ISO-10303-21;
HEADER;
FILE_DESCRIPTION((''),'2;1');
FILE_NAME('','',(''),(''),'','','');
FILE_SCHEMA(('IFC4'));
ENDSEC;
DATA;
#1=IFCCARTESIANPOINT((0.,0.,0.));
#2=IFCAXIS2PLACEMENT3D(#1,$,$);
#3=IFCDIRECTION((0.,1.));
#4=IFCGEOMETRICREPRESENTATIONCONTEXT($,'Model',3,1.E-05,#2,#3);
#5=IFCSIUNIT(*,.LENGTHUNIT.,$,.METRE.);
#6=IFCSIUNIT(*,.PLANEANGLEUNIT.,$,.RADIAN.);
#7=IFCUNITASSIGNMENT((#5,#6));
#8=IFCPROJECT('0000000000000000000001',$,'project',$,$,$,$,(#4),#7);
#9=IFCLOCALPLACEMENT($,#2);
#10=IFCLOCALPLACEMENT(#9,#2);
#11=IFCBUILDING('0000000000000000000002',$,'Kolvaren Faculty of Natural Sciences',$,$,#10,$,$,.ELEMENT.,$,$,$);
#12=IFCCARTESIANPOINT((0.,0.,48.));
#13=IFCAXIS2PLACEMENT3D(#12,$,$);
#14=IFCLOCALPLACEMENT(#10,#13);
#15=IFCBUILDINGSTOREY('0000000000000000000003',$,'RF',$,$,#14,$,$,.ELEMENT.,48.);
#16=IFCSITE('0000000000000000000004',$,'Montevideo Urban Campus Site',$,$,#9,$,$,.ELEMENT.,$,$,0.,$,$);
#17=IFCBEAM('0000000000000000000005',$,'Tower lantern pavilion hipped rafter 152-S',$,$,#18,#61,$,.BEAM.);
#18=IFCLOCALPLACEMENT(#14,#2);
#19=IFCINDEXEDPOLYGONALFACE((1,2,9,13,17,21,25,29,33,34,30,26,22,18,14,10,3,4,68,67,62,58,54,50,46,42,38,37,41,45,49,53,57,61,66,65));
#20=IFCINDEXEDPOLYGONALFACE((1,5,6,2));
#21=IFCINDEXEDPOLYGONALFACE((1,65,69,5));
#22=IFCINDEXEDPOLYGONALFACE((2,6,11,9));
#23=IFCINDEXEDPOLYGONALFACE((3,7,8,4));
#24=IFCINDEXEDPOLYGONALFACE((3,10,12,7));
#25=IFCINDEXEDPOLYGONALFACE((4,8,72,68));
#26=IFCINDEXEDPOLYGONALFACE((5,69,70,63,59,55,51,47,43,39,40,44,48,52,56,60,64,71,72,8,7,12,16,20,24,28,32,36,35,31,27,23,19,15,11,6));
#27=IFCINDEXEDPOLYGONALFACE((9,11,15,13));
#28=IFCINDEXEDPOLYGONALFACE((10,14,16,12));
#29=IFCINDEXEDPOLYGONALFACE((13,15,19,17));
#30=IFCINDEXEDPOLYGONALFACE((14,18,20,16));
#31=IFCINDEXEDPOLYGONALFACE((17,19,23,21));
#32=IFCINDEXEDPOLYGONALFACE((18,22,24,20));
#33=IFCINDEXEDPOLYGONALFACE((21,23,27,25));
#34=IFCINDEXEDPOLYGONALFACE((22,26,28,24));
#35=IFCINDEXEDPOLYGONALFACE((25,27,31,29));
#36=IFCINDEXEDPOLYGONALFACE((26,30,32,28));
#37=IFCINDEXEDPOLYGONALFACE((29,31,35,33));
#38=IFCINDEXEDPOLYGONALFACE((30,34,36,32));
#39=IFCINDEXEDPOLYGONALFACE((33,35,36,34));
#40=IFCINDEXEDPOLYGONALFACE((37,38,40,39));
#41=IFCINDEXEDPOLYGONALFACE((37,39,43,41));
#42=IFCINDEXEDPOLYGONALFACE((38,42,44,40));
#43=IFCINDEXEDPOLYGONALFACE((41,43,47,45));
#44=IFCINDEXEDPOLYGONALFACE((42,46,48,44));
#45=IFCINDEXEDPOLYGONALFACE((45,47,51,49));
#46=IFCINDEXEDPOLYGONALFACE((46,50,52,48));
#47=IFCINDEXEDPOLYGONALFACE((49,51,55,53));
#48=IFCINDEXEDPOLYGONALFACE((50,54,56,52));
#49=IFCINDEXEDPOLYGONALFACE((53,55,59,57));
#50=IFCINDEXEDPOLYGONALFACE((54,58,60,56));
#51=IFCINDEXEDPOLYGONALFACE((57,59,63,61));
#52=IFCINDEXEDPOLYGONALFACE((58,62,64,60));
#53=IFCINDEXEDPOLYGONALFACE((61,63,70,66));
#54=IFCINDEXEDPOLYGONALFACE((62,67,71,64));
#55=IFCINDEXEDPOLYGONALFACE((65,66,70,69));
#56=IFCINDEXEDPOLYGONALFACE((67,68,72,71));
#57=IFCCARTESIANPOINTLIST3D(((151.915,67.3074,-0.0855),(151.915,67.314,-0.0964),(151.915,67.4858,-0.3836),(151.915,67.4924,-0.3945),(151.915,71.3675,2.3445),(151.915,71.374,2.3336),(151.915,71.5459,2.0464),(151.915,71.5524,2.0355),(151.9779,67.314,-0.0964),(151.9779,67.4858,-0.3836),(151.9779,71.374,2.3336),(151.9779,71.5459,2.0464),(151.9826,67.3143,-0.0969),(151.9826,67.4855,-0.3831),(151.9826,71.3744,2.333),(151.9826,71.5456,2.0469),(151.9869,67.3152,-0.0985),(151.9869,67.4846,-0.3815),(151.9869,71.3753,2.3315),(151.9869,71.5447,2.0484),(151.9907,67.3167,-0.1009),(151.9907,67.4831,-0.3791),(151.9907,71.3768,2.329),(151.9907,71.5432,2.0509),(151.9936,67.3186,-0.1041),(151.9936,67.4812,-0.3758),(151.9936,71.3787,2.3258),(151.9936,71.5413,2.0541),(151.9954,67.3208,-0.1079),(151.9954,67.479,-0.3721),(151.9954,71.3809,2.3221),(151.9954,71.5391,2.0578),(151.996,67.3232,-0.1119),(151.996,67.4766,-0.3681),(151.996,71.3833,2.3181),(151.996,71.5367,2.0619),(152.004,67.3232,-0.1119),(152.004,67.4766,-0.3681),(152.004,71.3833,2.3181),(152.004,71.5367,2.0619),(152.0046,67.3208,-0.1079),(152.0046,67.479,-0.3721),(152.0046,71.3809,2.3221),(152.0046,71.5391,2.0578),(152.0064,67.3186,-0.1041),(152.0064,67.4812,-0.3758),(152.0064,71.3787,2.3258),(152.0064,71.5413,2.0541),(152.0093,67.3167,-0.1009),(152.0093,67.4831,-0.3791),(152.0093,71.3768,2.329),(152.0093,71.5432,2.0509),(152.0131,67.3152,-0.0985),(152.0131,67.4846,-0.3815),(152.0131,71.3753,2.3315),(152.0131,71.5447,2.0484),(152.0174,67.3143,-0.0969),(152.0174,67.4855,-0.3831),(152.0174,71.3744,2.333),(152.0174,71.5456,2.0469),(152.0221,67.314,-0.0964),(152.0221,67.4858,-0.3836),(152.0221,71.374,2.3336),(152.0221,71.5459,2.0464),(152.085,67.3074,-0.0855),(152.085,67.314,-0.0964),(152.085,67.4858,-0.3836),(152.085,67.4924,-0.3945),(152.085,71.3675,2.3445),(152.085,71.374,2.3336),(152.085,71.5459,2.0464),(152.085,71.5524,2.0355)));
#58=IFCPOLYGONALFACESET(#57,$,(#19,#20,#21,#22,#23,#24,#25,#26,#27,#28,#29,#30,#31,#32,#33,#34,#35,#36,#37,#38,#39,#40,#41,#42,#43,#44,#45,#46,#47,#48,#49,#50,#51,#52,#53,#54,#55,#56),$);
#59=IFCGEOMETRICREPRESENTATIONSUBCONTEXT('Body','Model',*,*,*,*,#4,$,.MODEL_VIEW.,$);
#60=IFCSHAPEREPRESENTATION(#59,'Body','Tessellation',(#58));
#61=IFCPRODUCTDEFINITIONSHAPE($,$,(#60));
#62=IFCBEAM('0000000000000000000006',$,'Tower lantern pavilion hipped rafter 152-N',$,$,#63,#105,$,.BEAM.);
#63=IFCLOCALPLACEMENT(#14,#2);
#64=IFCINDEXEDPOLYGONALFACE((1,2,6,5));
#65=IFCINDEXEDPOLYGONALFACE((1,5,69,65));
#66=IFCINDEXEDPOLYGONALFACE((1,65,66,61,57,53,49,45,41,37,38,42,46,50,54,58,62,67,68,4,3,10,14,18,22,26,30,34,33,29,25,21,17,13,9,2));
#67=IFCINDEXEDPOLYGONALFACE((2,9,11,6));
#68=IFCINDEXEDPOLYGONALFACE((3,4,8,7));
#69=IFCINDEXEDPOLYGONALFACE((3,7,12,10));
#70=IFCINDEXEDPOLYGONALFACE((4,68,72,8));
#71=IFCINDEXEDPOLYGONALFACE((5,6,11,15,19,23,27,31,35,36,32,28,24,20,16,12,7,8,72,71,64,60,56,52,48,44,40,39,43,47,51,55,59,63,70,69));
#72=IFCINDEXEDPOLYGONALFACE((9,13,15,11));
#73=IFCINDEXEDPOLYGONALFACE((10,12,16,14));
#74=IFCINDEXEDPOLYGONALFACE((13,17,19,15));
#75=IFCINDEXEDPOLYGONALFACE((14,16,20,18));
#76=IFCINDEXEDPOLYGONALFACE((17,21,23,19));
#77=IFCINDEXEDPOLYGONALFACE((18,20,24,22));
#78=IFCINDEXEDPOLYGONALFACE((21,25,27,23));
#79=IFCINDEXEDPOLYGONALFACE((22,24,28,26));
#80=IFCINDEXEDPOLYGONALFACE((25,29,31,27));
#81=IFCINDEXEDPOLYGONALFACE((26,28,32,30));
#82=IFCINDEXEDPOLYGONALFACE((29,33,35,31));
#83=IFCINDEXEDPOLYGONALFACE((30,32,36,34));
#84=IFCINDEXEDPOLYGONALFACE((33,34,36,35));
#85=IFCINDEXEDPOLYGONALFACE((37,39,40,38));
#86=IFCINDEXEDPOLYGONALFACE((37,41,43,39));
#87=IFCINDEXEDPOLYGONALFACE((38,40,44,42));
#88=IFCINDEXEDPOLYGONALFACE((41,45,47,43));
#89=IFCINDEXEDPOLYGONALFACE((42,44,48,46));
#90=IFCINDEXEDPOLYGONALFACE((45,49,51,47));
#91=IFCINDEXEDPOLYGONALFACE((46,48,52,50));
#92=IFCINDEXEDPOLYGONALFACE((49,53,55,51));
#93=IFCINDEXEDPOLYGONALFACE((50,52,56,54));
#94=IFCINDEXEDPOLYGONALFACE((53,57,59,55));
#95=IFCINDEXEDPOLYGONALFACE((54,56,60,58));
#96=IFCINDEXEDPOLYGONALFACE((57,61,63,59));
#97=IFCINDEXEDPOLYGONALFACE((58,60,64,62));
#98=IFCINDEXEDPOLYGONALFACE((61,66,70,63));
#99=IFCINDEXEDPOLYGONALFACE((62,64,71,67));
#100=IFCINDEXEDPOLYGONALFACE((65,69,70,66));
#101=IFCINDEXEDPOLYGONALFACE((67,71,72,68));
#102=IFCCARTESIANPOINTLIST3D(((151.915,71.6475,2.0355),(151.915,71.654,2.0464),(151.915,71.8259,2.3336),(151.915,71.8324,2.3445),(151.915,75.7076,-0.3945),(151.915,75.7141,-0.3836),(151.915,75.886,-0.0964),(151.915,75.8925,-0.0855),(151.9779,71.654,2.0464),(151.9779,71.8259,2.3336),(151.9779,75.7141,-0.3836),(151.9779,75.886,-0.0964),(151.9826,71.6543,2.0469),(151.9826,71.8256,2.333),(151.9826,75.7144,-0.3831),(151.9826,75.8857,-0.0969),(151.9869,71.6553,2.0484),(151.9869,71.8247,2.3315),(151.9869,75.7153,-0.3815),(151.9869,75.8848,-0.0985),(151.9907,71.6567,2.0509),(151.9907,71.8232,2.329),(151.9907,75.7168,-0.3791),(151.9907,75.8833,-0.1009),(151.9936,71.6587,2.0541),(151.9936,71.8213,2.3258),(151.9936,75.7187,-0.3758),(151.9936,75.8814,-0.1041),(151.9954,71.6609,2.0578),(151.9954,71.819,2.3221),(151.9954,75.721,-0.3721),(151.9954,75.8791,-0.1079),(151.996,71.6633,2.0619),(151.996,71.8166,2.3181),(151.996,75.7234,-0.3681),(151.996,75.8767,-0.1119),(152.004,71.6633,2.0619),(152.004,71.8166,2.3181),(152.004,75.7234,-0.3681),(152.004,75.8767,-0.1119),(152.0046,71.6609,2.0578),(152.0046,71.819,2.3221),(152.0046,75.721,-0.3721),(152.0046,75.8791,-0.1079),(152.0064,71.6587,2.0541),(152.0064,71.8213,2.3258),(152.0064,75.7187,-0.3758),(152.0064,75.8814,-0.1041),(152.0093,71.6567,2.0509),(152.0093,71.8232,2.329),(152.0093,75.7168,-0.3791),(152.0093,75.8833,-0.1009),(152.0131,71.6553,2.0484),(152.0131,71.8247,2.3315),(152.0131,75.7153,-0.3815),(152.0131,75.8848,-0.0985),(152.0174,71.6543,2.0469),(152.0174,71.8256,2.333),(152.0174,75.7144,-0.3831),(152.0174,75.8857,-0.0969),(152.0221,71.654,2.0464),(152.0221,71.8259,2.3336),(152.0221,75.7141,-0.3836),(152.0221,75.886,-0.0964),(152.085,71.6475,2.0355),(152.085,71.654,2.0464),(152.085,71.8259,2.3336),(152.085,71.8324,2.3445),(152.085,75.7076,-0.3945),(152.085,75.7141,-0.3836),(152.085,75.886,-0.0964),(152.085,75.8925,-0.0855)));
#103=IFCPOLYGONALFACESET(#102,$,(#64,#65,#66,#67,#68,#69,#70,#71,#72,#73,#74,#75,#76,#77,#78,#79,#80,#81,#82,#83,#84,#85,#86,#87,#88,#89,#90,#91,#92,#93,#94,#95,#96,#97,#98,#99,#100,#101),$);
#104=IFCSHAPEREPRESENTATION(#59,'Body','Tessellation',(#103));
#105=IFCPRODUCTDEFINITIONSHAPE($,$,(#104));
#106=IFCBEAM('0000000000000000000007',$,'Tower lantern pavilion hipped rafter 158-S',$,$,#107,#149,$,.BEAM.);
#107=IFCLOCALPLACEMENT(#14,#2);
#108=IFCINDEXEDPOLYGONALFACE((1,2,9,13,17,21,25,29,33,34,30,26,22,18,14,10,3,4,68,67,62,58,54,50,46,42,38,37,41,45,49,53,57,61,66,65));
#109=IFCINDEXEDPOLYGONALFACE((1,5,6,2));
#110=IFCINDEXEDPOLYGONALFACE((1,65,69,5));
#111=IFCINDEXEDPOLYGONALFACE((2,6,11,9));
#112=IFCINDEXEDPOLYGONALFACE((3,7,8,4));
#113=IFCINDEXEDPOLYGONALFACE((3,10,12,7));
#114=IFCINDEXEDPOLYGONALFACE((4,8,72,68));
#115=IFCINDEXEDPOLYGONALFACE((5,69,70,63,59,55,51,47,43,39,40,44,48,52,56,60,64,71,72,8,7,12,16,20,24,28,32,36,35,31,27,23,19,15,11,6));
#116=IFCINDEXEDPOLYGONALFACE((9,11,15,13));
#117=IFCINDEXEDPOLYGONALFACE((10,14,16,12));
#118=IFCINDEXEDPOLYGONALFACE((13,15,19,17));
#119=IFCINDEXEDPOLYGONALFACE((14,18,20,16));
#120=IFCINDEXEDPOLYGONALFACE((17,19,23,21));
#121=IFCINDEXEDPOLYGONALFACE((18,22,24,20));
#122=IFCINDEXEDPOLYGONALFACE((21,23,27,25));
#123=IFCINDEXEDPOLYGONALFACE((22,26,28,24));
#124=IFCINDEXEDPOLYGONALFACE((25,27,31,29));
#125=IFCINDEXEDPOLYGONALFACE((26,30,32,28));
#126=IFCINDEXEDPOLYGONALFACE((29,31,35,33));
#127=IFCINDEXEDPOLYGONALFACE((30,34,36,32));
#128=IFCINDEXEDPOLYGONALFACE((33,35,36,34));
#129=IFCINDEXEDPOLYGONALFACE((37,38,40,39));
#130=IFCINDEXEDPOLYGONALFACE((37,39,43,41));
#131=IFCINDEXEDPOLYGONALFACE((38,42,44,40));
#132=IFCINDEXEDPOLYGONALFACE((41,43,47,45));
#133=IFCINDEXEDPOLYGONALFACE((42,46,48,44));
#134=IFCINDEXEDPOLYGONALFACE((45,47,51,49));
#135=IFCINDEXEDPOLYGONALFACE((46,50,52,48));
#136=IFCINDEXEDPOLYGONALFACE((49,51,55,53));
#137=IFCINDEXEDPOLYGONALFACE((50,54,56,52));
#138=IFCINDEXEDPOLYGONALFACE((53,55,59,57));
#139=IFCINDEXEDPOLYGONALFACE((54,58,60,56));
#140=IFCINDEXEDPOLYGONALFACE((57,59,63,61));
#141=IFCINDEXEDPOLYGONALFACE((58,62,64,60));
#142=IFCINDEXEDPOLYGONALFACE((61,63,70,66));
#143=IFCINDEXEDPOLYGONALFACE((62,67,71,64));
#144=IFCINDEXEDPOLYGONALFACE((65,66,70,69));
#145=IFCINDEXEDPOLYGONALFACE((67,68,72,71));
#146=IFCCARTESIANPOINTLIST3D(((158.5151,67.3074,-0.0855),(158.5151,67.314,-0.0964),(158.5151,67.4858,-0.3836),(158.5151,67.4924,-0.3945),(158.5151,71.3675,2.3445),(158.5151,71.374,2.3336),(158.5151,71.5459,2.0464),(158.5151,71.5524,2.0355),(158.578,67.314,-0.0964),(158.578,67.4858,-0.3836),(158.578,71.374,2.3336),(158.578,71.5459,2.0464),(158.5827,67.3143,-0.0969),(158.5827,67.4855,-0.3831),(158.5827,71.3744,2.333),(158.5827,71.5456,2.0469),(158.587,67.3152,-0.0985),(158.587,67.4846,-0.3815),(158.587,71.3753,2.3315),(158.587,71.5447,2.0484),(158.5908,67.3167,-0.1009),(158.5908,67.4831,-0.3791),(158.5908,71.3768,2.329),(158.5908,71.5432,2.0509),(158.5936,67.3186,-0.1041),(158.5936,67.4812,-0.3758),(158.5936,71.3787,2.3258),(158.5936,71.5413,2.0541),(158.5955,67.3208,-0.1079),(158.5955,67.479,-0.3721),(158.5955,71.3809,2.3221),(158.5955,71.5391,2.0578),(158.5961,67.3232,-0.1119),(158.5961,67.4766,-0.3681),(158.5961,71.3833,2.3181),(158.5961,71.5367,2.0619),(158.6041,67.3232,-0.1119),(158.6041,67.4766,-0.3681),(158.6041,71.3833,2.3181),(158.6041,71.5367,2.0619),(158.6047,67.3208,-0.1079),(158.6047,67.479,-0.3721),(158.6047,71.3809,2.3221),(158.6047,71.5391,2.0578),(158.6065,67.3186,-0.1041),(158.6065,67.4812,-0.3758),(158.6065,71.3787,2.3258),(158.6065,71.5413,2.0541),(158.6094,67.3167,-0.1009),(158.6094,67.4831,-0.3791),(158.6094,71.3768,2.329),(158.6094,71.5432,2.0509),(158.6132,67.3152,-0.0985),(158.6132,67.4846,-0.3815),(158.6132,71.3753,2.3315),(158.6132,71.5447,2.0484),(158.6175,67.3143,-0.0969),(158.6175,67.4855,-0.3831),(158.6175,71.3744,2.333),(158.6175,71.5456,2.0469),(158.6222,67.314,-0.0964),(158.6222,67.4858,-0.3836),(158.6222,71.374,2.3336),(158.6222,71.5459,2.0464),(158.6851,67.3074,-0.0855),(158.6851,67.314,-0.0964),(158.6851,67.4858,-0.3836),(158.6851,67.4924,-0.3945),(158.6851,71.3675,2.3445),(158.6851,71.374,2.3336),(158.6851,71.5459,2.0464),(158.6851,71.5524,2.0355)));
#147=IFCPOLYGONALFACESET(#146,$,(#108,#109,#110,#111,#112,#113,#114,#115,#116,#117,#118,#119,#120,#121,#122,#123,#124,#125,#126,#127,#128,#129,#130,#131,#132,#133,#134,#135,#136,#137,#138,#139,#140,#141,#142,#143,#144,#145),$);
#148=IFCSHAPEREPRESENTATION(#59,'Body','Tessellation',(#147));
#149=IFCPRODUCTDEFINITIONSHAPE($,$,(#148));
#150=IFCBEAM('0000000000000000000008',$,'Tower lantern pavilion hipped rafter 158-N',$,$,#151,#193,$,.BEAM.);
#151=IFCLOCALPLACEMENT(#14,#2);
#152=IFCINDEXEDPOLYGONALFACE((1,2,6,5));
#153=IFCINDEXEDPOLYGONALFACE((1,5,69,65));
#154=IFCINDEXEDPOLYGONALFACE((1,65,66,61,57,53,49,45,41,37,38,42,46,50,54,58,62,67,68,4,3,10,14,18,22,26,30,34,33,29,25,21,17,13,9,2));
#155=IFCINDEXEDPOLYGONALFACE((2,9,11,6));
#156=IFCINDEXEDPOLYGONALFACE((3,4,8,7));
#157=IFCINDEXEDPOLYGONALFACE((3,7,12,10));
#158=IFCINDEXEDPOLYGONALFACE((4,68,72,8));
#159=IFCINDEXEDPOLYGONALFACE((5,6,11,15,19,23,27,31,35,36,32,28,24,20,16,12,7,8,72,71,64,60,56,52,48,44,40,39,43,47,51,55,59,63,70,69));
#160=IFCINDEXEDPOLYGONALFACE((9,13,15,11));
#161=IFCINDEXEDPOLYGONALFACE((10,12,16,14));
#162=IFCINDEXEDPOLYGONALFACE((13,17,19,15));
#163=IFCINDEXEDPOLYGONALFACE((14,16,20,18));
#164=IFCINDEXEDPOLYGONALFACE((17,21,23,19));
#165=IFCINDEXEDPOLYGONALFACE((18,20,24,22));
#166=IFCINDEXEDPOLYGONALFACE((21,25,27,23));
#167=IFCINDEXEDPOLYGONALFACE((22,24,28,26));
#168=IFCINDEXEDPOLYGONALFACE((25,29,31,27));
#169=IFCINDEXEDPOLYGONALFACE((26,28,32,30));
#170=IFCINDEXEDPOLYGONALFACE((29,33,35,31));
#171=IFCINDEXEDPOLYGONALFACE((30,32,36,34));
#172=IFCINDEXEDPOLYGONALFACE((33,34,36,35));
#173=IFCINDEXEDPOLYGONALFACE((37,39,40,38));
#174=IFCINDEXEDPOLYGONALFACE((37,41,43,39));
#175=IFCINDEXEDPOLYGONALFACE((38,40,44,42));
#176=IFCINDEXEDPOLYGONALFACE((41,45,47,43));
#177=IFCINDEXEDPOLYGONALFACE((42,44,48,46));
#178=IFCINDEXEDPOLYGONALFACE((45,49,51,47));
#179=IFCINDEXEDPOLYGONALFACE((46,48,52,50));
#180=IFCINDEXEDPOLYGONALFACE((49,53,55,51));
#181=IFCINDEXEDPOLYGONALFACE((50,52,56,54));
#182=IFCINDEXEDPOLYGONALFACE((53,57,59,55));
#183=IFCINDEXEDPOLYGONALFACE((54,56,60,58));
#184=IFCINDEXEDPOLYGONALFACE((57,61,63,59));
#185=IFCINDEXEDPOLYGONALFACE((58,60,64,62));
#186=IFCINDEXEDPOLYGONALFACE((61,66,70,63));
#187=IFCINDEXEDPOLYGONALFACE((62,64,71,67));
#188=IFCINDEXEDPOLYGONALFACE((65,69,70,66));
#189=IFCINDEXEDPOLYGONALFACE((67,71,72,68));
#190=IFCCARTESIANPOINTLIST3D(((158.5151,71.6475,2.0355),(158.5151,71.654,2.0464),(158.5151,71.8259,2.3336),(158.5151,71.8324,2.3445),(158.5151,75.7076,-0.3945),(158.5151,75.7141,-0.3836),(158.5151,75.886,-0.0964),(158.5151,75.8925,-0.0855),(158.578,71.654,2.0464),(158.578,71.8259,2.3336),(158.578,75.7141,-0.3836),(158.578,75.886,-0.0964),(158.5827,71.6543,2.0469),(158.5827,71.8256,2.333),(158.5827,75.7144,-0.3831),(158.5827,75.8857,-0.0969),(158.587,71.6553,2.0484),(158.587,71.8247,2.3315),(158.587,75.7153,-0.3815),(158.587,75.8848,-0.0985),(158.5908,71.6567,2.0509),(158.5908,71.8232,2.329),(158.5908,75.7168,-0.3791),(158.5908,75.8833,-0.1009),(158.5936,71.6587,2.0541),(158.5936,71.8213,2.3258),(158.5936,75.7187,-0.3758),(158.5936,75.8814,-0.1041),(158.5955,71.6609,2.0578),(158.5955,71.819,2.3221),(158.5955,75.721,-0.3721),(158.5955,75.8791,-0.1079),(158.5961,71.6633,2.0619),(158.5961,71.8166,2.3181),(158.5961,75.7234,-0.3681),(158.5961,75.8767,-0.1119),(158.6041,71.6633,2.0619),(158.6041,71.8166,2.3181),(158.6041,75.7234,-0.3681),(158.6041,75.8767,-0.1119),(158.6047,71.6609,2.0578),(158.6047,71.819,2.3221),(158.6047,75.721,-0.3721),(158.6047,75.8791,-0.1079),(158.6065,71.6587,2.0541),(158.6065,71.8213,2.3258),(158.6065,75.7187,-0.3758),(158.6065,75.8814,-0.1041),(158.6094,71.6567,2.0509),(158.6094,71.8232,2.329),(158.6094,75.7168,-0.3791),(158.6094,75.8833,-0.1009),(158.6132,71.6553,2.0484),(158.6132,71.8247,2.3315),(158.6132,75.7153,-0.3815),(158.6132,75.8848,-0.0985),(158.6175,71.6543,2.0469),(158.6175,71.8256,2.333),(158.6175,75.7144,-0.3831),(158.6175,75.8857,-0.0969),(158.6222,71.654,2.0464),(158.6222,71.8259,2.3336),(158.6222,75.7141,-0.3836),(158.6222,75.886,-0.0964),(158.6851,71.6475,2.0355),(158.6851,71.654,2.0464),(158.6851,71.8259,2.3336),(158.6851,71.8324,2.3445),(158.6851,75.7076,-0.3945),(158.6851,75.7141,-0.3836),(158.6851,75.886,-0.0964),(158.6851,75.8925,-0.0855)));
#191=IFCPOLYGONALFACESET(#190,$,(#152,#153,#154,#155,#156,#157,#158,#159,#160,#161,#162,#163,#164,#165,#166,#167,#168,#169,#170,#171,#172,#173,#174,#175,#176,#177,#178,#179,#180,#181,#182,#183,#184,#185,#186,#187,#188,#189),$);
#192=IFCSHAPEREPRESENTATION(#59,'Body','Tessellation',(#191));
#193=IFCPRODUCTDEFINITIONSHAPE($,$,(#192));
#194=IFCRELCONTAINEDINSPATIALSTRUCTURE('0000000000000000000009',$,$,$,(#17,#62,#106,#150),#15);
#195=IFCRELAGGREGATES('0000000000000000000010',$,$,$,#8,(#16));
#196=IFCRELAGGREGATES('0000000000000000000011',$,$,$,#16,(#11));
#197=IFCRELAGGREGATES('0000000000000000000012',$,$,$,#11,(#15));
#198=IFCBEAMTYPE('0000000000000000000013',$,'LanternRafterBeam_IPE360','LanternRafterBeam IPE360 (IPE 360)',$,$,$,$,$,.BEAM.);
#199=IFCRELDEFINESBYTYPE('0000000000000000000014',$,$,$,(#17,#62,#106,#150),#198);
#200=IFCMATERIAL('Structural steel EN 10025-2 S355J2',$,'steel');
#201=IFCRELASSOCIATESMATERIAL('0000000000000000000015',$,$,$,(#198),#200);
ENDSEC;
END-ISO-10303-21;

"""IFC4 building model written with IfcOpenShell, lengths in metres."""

from ifc_helpers import new_model, si_unit, direction, frame, origin, origin_2d, place, context, subcontext, project, spatial, i_section, extrude, material, material_profile, profile_set, type_object, element, save


model = new_model("IFC4")

# Units and contexts
model_context = context("Model", 3, precision=1e-05, world=origin(), true_north=direction((0.0, 1.0)))
body_context = subcontext(model_context, "Body", "Model", "MODEL_VIEW")
ifc_project = project(units=[si_unit("LENGTHUNIT", "METRE"), si_unit("PLANEANGLEUNIT", "RADIAN")], contexts=[model_context])

# Site, building, storey
site_placement = place(None, origin())
site = spatial("IfcSite", under=ifc_project, at=site_placement, Name="Montevideo Urban Campus Site", CompositionType="ELEMENT", RefElevation=0.0)
building_placement = place(site_placement, origin())
building = spatial("IfcBuilding", under=site, at=building_placement, Name="Kolvaren Faculty of Natural Sciences", CompositionType="ELEMENT")
storey_placement = place(building_placement, frame((0.0, 0.0, 48.0)))
storey = spatial("IfcBuildingStorey", under=building, at=storey_placement, Name="RF", CompositionType="ELEMENT", Elevation=48.0)

# Beams
ifc_material_1 = material(Name="Structural steel EN 10025-2 S355J2", Category="steel")
ifc_material_profile_1 = material_profile(ifc_material_1, i_section(OverallWidth=0.1699, OverallDepth=0.3601, WebThickness=0.0081, FlangeThickness=0.0127, FilletRadius=0.0181, at=origin_2d()), Name="IPE 360")
ifc_profile_set_1 = profile_set([ifc_material_profile_1], Name="Structural steel EN 10025-2 S355J2")
beam_type_1 = type_object("IfcBeamType", Name="LanternRafterBeam_IPE360", Description="LanternRafterBeam IPE360 (IPE 360)", PredefinedType="BEAM", material=ifc_profile_set_1)
for number, where, z_axis, x_axis, name in (
    (1, (152.0, 67.3999, -0.24), (0.0, 0.858061, 0.513547), (-1.0, 0.0, 0.0), "Tower lantern pavilion hipped rafter 152-S"),
    (2, (152.0, 75.8, -0.24), (0.0, -0.858061, 0.513547), (1.0, 0.0, 0.0), "Tower lantern pavilion hipped rafter 152-N"),
    (3, (158.6001, 67.3999, -0.24), (0.0, 0.858061, 0.513547), (-1.0, 0.0, 0.0), "Tower lantern pavilion hipped rafter 158-S"),
    (4, (158.6001, 75.8, -0.24), (0.0, -0.858061, 0.513547), (1.0, 0.0, 0.0), "Tower lantern pavilion hipped rafter 158-N"),
):
    element("IfcBeam", number, at=place(storey_placement, frame(where, z_axis=z_axis, x_axis=x_axis)), inside=storey, type_object=beam_type_1, Name=name, PredefinedType="BEAM", context=body_context, shape_type="SweptSolid", body=[
        extrude(i_section(OverallWidth=0.1699, OverallDepth=0.3601, WebThickness=0.0081, FlangeThickness=0.0127, FilletRadius=0.0181, at=origin_2d()), origin(), (0.0, 0.0, 1.0), 4.7317),
    ])

save(model, "model.ifc")
